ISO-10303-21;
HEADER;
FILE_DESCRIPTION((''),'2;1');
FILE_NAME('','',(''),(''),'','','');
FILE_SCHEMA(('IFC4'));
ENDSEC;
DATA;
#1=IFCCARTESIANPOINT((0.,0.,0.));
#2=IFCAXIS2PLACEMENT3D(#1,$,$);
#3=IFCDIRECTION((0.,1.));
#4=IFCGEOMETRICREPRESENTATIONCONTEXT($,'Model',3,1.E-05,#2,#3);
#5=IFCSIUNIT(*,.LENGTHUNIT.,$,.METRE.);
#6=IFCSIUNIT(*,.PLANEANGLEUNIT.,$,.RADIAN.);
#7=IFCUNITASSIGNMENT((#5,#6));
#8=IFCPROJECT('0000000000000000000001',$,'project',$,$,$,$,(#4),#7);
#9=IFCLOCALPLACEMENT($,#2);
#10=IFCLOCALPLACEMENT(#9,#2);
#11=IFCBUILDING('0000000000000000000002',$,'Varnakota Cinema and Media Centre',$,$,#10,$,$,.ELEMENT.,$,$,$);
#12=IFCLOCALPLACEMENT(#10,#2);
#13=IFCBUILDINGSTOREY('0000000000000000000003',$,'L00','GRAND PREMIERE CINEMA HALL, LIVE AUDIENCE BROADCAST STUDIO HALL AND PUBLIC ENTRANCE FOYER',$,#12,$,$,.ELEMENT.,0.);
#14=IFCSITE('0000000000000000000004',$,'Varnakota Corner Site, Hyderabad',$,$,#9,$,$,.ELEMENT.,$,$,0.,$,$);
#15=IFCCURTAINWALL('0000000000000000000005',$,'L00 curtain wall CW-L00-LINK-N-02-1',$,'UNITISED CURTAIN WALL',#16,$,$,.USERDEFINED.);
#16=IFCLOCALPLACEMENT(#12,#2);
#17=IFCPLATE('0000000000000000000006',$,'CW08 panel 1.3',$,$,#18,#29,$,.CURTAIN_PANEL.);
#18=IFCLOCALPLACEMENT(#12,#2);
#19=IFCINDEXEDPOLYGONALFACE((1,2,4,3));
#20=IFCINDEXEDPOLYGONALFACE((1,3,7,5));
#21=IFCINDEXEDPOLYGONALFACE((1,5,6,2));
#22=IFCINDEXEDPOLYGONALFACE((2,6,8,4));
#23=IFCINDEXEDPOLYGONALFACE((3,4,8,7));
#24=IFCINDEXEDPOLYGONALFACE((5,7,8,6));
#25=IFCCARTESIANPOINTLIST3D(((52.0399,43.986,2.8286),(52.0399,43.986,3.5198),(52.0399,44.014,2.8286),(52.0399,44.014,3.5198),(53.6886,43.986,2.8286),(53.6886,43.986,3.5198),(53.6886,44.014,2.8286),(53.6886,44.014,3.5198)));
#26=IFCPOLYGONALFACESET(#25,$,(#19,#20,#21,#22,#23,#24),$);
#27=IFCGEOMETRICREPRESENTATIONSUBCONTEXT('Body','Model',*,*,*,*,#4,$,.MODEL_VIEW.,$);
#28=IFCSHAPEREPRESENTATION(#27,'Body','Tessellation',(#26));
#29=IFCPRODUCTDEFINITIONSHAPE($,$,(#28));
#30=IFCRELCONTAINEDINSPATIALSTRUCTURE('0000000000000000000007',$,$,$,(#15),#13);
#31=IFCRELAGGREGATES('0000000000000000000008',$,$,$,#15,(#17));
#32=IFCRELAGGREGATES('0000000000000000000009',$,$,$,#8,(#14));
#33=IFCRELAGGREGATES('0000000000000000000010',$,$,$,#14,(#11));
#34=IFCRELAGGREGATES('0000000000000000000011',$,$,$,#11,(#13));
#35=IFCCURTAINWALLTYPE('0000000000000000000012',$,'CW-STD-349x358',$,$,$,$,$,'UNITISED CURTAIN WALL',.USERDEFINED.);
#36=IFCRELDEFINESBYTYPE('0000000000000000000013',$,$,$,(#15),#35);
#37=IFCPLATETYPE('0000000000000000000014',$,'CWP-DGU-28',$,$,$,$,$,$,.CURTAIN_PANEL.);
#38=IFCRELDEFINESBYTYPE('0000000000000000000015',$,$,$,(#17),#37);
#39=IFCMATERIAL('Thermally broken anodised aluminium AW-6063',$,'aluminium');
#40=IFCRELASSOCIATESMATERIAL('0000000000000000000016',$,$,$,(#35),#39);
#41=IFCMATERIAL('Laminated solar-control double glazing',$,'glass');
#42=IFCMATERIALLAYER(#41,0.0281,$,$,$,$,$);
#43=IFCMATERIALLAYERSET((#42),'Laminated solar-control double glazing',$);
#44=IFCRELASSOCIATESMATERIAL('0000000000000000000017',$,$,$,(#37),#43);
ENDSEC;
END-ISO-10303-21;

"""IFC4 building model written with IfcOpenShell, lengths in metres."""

from ifc_helpers import new_model, si_unit, direction, frame, origin, origin_2d, place, context, subcontext, project, spatial, rectangle, extrude, material, layer, layer_set, type_object, element, aggregate, save


model = new_model("IFC4")

# Units and contexts
model_context = context("Model", 3, precision=1e-05, world=origin(), true_north=direction((0.0, 1.0)))
body_context = subcontext(model_context, "Body", "Model", "MODEL_VIEW")
ifc_project = project(units=[si_unit("LENGTHUNIT", "METRE"), si_unit("PLANEANGLEUNIT", "RADIAN")], contexts=[model_context])

# Site, building, storey
site_placement = place(None, origin())
site = spatial("IfcSite", under=ifc_project, at=site_placement, Name="Varnakota Corner Site, Hyderabad", CompositionType="ELEMENT", RefElevation=0.0)
building_placement = place(site_placement, origin())
building = spatial("IfcBuilding", under=site, at=building_placement, Name="Varnakota Cinema and Media Centre", CompositionType="ELEMENT")
storey_placement = place(building_placement, origin())
storey = spatial("IfcBuildingStorey", under=building, at=storey_placement, Name="L00", Description="GRAND PREMIERE CINEMA HALL, LIVE AUDIENCE BROADCAST STUDIO HALL AND PUBLIC ENTRANCE FOYER", CompositionType="ELEMENT", Elevation=0.0)

# Curtain wall
ifc_material_1 = material(Name="Thermally broken anodised aluminium AW-6063", Category="aluminium")
curtain_wall_type_1 = type_object("IfcCurtainWallType", Name="CW-STD-349x358", ElementType="UNITISED CURTAIN WALL", PredefinedType="USERDEFINED", material=ifc_material_1)
curtain_wall_1_placement = place(storey_placement, origin())
curtain_wall_1 = element("IfcCurtainWall", 1, at=curtain_wall_1_placement, inside=storey, type_object=curtain_wall_type_1, Name="L00 curtain wall CW-L00-LINK-N-02-1", ObjectType="UNITISED CURTAIN WALL", PredefinedType="USERDEFINED")

# Plate
ifc_material_2 = material(Name="Laminated solar-control double glazing", Category="glass")
ifc_layer = layer(ifc_material_2, 0.0281)
ifc_layer_set = layer_set([ifc_layer], Name="Laminated solar-control double glazing")
plate_type = type_object("IfcPlateType", Name="CWP-DGU-28", PredefinedType="CURTAIN_PANEL", material=ifc_layer_set)
plate_1_placement = place(storey_placement, frame((52.8643, 44.0, 2.8286), z_axis=(0.0, 0.0, 1.0), x_axis=(1.0, 0.0, 0.0)))
plate_1 = element("IfcPlate", 2, at=plate_1_placement, type_object=plate_type, Name="CW08 panel 1.3", PredefinedType="CURTAIN_PANEL", context=body_context, shape_type="SweptSolid", body=[
    extrude(rectangle(XDim=1.6487, YDim=0.0281, at=origin_2d()), origin(), (0.0, 0.0, 1.0), 0.6912),
])
aggregate(curtain_wall_1, [plate_1])

save(model, "model.ifc")
